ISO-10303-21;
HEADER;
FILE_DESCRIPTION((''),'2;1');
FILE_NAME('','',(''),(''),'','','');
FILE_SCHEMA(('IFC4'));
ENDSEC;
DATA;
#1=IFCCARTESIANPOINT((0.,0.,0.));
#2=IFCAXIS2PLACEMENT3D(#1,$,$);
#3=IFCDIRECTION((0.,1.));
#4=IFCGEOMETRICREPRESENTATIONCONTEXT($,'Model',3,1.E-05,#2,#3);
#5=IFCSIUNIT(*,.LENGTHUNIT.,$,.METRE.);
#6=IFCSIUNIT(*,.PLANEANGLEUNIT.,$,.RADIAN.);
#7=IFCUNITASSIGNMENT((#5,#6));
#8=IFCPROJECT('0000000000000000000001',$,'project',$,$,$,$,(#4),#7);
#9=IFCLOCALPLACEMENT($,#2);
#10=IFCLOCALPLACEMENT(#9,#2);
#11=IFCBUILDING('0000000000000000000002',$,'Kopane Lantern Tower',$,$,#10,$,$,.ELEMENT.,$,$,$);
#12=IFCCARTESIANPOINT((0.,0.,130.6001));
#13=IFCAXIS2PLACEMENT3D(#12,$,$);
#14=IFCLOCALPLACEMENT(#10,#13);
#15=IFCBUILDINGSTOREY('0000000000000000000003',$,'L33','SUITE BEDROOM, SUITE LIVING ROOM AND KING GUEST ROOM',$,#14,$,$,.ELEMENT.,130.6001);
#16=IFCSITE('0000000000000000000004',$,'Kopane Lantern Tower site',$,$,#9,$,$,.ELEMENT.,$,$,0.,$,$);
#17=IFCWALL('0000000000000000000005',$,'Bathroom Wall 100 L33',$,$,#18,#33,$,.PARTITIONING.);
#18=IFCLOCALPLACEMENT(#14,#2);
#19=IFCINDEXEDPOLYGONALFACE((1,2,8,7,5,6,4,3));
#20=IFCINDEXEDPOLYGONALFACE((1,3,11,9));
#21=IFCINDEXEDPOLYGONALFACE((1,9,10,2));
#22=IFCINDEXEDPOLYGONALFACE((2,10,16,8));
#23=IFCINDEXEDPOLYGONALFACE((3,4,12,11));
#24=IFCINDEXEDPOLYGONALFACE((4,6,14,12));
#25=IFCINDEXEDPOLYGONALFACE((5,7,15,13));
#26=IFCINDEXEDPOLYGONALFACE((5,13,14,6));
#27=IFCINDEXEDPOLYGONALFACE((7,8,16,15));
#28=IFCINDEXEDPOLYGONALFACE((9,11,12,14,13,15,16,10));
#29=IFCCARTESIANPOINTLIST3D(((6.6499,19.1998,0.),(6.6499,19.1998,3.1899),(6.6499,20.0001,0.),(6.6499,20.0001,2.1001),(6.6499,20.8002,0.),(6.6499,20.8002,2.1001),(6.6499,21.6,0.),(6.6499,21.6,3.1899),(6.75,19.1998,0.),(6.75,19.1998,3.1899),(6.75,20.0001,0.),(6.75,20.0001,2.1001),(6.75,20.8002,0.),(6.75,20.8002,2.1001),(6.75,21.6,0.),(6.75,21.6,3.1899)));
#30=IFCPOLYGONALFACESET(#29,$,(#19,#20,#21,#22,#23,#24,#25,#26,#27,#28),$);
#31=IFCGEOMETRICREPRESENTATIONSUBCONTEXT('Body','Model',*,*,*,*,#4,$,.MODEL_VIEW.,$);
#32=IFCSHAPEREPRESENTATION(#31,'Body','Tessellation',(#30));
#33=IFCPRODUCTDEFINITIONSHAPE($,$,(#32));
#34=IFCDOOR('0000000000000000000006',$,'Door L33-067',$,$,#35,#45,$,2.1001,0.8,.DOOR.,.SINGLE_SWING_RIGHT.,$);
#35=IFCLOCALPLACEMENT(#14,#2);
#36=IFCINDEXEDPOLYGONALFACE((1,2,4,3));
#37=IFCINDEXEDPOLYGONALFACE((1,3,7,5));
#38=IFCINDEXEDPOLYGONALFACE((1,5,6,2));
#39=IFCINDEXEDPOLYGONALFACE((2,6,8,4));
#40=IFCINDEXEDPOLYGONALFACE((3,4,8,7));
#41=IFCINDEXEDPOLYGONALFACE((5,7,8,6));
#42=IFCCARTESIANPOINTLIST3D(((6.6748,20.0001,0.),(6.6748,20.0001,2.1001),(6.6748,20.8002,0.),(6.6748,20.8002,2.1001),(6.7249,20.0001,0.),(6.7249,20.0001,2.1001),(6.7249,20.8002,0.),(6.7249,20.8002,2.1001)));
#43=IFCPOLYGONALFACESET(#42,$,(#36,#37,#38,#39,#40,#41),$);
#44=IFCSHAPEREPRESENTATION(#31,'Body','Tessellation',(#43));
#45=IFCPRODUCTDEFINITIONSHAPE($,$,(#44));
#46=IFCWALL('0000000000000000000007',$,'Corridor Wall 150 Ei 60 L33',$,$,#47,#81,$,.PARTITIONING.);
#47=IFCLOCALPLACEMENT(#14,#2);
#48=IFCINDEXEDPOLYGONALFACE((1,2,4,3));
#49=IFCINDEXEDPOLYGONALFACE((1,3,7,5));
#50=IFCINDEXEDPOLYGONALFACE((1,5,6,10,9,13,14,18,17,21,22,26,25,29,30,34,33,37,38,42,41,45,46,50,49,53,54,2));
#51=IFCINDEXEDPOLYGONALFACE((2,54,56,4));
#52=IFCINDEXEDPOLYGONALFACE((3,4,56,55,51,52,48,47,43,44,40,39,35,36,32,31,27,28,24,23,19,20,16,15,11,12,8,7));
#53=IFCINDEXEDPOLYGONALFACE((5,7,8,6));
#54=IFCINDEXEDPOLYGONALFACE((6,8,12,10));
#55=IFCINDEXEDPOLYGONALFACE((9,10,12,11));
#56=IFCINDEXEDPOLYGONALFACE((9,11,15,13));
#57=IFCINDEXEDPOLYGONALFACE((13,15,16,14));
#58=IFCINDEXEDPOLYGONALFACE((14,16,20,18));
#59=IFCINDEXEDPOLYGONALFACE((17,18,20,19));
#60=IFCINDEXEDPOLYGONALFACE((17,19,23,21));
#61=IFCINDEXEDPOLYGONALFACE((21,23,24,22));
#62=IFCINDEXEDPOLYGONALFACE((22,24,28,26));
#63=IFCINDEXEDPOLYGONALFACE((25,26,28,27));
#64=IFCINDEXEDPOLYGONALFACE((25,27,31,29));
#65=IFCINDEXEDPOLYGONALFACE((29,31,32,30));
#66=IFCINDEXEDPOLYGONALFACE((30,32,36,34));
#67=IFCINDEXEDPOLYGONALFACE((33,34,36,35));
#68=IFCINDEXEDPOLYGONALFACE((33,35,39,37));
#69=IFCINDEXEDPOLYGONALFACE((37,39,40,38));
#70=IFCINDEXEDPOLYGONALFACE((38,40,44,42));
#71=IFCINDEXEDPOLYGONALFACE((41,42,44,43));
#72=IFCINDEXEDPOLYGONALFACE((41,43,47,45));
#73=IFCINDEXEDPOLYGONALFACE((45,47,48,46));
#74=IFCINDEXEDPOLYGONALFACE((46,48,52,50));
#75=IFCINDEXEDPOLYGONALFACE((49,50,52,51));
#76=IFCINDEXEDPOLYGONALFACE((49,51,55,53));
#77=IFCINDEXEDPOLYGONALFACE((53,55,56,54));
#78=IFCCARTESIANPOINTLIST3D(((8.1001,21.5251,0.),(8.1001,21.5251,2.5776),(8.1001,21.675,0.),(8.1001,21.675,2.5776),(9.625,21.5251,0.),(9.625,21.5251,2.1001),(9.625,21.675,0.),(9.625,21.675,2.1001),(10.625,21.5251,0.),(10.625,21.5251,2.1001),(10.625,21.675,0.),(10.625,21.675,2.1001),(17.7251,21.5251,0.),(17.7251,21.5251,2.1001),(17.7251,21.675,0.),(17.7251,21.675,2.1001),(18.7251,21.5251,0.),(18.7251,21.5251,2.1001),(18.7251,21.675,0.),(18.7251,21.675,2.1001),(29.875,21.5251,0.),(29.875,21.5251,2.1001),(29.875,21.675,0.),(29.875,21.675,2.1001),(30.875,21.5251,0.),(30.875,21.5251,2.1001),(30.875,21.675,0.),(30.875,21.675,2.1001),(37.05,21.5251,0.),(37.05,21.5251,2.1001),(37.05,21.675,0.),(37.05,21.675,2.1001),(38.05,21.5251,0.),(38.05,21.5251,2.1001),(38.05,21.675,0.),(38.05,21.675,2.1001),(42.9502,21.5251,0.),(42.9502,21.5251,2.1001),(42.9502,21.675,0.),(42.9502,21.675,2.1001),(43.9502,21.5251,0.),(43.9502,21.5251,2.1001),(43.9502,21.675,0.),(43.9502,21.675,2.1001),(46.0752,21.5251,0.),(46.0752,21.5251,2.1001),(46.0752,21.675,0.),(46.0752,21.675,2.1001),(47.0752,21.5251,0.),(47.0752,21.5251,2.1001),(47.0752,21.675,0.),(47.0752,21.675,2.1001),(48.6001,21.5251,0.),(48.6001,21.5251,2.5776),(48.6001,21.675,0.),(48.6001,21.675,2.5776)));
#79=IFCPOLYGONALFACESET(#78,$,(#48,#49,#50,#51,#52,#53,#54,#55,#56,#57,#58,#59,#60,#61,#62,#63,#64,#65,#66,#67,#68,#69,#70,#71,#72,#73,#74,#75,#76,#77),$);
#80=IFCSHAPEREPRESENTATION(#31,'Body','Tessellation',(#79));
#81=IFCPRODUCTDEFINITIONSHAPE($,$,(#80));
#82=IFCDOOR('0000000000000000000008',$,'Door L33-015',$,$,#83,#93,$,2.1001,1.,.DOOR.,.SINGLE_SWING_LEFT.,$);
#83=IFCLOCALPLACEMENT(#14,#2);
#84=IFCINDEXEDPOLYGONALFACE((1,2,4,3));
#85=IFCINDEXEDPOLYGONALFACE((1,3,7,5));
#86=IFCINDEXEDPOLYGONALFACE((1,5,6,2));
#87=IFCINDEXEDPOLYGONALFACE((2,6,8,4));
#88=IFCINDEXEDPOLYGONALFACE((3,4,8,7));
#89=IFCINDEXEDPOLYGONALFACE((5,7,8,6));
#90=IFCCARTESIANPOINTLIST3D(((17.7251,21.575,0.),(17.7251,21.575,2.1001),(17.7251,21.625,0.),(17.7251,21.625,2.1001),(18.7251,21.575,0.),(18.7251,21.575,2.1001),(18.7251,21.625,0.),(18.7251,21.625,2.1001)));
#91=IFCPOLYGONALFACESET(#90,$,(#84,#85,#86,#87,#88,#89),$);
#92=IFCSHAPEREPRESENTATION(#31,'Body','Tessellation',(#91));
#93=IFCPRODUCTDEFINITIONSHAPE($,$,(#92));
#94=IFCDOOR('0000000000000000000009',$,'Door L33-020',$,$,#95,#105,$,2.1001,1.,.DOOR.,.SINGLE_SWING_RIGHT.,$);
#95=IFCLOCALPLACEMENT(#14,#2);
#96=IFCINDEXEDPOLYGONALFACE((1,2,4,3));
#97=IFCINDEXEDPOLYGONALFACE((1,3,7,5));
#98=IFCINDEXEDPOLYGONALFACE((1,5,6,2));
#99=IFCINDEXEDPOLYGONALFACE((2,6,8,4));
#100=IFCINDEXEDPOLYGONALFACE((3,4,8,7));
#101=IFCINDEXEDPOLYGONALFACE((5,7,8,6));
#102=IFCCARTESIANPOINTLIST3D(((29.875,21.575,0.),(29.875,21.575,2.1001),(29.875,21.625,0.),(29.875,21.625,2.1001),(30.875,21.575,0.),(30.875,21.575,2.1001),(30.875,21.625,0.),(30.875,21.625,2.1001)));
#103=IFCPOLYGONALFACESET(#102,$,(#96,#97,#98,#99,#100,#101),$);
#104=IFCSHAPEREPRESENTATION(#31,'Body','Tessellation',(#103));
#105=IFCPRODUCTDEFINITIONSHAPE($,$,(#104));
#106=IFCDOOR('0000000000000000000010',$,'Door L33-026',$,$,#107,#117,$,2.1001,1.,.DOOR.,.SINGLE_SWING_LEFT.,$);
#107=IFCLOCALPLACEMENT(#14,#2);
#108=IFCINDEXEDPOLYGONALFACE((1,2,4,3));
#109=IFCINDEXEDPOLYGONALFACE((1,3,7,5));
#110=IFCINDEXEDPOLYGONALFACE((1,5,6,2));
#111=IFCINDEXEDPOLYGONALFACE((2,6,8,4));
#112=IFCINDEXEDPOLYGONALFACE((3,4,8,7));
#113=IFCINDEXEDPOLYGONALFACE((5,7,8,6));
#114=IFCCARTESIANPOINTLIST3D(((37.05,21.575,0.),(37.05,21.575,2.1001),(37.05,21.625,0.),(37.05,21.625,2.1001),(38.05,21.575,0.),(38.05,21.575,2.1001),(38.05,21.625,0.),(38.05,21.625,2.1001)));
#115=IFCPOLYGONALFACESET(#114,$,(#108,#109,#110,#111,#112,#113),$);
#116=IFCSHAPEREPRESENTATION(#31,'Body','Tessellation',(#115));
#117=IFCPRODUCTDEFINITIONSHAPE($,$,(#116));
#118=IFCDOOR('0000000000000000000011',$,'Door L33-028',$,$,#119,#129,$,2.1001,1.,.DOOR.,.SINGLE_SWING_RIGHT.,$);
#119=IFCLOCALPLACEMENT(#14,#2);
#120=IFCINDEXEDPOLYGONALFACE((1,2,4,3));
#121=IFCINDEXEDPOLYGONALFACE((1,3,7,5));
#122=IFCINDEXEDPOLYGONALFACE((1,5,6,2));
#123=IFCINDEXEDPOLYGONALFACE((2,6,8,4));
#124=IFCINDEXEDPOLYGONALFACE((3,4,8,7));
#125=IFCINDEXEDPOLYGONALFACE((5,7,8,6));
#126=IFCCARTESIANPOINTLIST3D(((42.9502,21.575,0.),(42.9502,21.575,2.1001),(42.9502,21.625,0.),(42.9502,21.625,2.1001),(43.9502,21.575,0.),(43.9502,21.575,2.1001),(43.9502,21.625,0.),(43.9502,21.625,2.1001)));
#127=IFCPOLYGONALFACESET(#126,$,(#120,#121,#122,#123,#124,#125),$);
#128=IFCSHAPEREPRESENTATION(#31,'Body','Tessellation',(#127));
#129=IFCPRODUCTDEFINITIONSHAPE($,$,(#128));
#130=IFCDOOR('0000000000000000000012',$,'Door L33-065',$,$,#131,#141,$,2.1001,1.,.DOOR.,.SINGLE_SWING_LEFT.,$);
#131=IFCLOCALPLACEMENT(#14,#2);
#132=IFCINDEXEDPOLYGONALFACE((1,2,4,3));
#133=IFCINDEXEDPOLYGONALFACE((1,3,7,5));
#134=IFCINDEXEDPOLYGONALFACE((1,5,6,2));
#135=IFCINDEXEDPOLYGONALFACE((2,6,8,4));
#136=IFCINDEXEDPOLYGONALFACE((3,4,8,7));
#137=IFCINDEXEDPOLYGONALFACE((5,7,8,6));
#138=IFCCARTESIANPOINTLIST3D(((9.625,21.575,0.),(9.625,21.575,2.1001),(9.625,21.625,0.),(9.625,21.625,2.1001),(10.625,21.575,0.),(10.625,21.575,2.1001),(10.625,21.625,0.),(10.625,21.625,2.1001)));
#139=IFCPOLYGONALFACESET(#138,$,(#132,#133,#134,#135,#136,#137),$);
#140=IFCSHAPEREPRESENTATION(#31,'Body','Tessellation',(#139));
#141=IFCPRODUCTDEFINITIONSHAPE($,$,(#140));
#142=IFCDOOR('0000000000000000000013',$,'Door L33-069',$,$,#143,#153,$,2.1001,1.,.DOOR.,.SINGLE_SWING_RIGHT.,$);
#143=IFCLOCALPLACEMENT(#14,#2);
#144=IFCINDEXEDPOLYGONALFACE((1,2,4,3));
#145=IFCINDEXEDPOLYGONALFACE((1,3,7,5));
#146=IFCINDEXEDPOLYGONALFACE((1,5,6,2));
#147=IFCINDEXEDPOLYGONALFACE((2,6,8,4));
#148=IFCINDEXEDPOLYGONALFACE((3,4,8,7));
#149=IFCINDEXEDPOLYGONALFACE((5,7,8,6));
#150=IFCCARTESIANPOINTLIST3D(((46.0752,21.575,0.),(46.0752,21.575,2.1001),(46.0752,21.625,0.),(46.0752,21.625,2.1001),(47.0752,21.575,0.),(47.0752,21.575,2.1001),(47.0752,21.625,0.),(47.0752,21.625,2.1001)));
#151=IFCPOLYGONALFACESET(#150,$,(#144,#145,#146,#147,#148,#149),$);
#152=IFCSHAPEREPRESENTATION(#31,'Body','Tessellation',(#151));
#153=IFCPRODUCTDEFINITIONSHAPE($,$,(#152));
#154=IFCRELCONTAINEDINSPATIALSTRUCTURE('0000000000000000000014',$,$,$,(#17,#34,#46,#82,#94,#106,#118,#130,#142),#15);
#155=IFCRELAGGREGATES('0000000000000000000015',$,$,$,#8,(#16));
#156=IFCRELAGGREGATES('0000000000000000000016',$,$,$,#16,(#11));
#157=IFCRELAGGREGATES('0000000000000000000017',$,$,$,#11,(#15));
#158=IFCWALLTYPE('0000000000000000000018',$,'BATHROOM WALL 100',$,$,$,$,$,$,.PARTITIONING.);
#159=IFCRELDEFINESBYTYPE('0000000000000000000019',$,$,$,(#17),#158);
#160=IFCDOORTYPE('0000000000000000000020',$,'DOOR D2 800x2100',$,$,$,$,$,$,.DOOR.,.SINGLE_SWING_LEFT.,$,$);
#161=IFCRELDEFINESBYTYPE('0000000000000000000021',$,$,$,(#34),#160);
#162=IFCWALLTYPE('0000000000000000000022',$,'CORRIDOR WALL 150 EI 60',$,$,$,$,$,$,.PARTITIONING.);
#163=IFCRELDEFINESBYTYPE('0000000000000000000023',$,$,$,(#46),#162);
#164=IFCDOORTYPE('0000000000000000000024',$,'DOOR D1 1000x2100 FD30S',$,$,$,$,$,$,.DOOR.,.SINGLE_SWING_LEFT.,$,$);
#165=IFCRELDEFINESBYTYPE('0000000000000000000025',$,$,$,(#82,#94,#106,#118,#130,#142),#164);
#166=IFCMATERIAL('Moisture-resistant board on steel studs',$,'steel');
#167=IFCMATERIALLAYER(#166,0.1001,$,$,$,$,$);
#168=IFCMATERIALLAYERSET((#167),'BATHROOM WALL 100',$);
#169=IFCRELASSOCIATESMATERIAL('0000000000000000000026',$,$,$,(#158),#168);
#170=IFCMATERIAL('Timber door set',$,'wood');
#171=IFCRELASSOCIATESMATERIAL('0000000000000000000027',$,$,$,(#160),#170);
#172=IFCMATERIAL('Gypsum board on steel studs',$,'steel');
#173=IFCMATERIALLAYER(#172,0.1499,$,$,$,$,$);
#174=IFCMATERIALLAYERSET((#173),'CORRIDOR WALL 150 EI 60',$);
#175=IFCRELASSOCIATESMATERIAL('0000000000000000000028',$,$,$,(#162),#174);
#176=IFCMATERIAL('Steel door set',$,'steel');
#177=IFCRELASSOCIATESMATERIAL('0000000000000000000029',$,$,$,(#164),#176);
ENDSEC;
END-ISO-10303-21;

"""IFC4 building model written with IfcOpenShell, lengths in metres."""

from ifc_helpers import new_model, si_unit, direction, frame, frame_2d, origin, place, context, subcontext, project, spatial, rectangle, extrude, material, layer, layer_set, type_object, element, fill, save


model = new_model("IFC4")

# Units and contexts
model_context = context("Model", 3, precision=1e-05, world=origin(), true_north=direction((0.0, 1.0)))
body_context = subcontext(model_context, "Body", "Model", "MODEL_VIEW")
ifc_project = project(units=[si_unit("LENGTHUNIT", "METRE"), si_unit("PLANEANGLEUNIT", "RADIAN")], contexts=[model_context])

# Site, building, storey
site_placement = place(None, origin())
site = spatial("IfcSite", under=ifc_project, at=site_placement, Name="Kopane Lantern Tower site", CompositionType="ELEMENT", RefElevation=0.0)
building_placement = place(site_placement, origin())
building = spatial("IfcBuilding", under=site, at=building_placement, Name="Kopane Lantern Tower", CompositionType="ELEMENT")
storey_placement = place(building_placement, frame((0.0, 0.0, 130.6001)))
storey = spatial("IfcBuildingStorey", under=building, at=storey_placement, Name="L33", Description="SUITE BEDROOM, SUITE LIVING ROOM AND KING GUEST ROOM", CompositionType="ELEMENT", Elevation=130.6001)

# Shared definitions
ifc_material_1 = material(Name="Moisture-resistant board on steel studs", Category="steel")
ifc_layer_1 = layer(ifc_material_1, 0.1001)
ifc_layer_set_1 = layer_set([ifc_layer_1], Name="BATHROOM WALL 100")
wall_type_1 = type_object("IfcWallType", Name="BATHROOM WALL 100", PredefinedType="PARTITIONING", material=ifc_layer_set_1)
ifc_material_2 = material(Name="Timber door set", Category="wood")
door_type_1 = type_object("IfcDoorType", Name="DOOR D2 800x2100", OperationType="SINGLE_SWING_LEFT", PredefinedType="DOOR", material=ifc_material_2)

# Wall, opening, door
wall_1_placement = place(storey_placement, frame((6.7, 21.6001, 0.0), z_axis=(0.0, 0.0, 1.0), x_axis=(0.0, -1.0, 0.0)))
wall_1 = element("IfcWall", 1, at=wall_1_placement, inside=storey, type_object=wall_type_1, Name="Bathroom Wall 100 L33", PredefinedType="PARTITIONING", context=body_context, shape_type="SweptSolid", body=[
    extrude(rectangle(XDim=2.4001, YDim=0.1001, at=frame_2d((1.2002, 0.0))), origin(), (0.0, 0.0, 1.0), 3.1899),
])
opening_1_placement = place(wall_1_placement, frame((0.8, 0.0, 0.0)))
opening_1 = element("IfcOpeningElement", 2, at=opening_1_placement, cuts=wall_1, PredefinedType="OPENING", context=body_context, shape_type="SweptSolid", body=[
    extrude(rectangle(XDim=0.8, YDim=2.1001, at=frame_2d((0.3999, 1.05))), frame((0.0, 0.0601, 0.0), z_axis=(0.0, -1.0, 0.0), x_axis=(1.0, 0.0, 0.0)), (0.0, 0.0, 1.0), 0.1201),
])
door_1_placement = place(opening_1_placement, origin())
door_1 = element("IfcDoor", 3, at=door_1_placement, inside=storey, type_object=door_type_1, Name="Door L33-067", OperationType="SINGLE_SWING_RIGHT", OverallHeight=2.1001, OverallWidth=0.8, PredefinedType="DOOR", context=body_context, shape_type="SweptSolid", body=[
    extrude(rectangle(XDim=0.8, YDim=2.1001, at=frame_2d((0.3999, 1.05))), frame((0.0, 0.0249, 0.0), z_axis=(0.0, -1.0, 0.0), x_axis=(1.0, 0.0, 0.0)), (0.0, 0.0, 1.0), 0.05),
])
fill(opening_1, door_1)

# Wall, openings, doors
ifc_material_3 = material(Name="Gypsum board on steel studs", Category="steel")
ifc_layer_2 = layer(ifc_material_3, 0.1499)
ifc_layer_set_2 = layer_set([ifc_layer_2], Name="CORRIDOR WALL 150 EI 60")
wall_type_2 = type_object("IfcWallType", Name="CORRIDOR WALL 150 EI 60", PredefinedType="PARTITIONING", material=ifc_layer_set_2)
wall_2_placement = place(storey_placement, frame((8.1001, 21.6001, 0.0), z_axis=(0.0, 0.0, 1.0), x_axis=(1.0, 0.0, 0.0)))
wall_2 = element("IfcWall", 4, at=wall_2_placement, inside=storey, type_object=wall_type_2, Name="Corridor Wall 150 Ei 60 L33", PredefinedType="PARTITIONING", context=body_context, shape_type="SweptSolid", body=[
    extrude(rectangle(XDim=40.5, YDim=0.1499, at=frame_2d((20.25, 0.0))), origin(), (0.0, 0.0, 1.0), 2.5776),
])
opening_2_placement = place(wall_2_placement, frame((9.625, 0.0, 0.0)))
opening_2 = element("IfcOpeningElement", 5, at=opening_2_placement, cuts=wall_2, PredefinedType="OPENING", context=body_context, shape_type="SweptSolid", body=[
    extrude(rectangle(XDim=1.0, YDim=2.1001, at=frame_2d((0.5, 1.05))), frame((0.0, 0.085, 0.0), z_axis=(0.0, -1.0, 0.0), x_axis=(1.0, 0.0, 0.0)), (0.0, 0.0, 1.0), 0.1699),
])
opening_3_placement = place(wall_2_placement, frame((21.7749, 0.0, 0.0)))
opening_3 = element("IfcOpeningElement", 6, at=opening_3_placement, cuts=wall_2, PredefinedType="OPENING", context=body_context, shape_type="SweptSolid", body=[
    extrude(rectangle(XDim=1.0, YDim=2.1001, at=frame_2d((0.5, 1.05))), frame((0.0, 0.085, 0.0), z_axis=(0.0, -1.0, 0.0), x_axis=(1.0, 0.0, 0.0)), (0.0, 0.0, 1.0), 0.1699),
])
opening_4_placement = place(wall_2_placement, frame((28.95, 0.0, 0.0)))
opening_4 = element("IfcOpeningElement", 7, at=opening_4_placement, cuts=wall_2, PredefinedType="OPENING", context=body_context, shape_type="SweptSolid", body=[
    extrude(rectangle(XDim=1.0, YDim=2.1001, at=frame_2d((0.5, 1.05))), frame((0.0, 0.085, 0.0), z_axis=(0.0, -1.0, 0.0), x_axis=(1.0, 0.0, 0.0)), (0.0, 0.0, 1.0), 0.1699),
])
opening_5_placement = place(wall_2_placement, frame((34.8501, 0.0, 0.0)))
opening_5 = element("IfcOpeningElement", 8, at=opening_5_placement, cuts=wall_2, PredefinedType="OPENING", context=body_context, shape_type="SweptSolid", body=[
    extrude(rectangle(XDim=1.0, YDim=2.1001, at=frame_2d((0.5, 1.05))), frame((0.0, 0.085, 0.0), z_axis=(0.0, -1.0, 0.0), x_axis=(1.0, 0.0, 0.0)), (0.0, 0.0, 1.0), 0.1699),
])
opening_6_placement = place(wall_2_placement, frame((1.5249, 0.0, 0.0)))
opening_6 = element("IfcOpeningElement", 9, at=opening_6_placement, cuts=wall_2, PredefinedType="OPENING", context=body_context, shape_type="SweptSolid", body=[
    extrude(rectangle(XDim=1.0, YDim=2.1001, at=frame_2d((0.5, 1.05))), frame((0.0, 0.085, 0.0), z_axis=(0.0, -1.0, 0.0), x_axis=(1.0, 0.0, 0.0)), (0.0, 0.0, 1.0), 0.1699),
])
opening_7_placement = place(wall_2_placement, frame((37.9751, 0.0, 0.0)))
opening_7 = element("IfcOpeningElement", 10, at=opening_7_placement, cuts=wall_2, PredefinedType="OPENING", context=body_context, shape_type="SweptSolid", body=[
    extrude(rectangle(XDim=1.0, YDim=2.1001, at=frame_2d((0.5, 1.05))), frame((0.0, 0.085, 0.0), z_axis=(0.0, -1.0, 0.0), x_axis=(1.0, 0.0, 0.0)), (0.0, 0.0, 1.0), 0.1699),
])
ifc_material_4 = material(Name="Steel door set", Category="steel")
door_type_2 = type_object("IfcDoorType", Name="DOOR D1 1000x2100 FD30S", OperationType="SINGLE_SWING_LEFT", PredefinedType="DOOR", material=ifc_material_4)
door_2_placement = place(opening_2_placement, origin())
door_2 = element("IfcDoor", 11, at=door_2_placement, inside=storey, type_object=door_type_2, Name="Door L33-015", OperationType="SINGLE_SWING_LEFT", OverallHeight=2.1001, OverallWidth=1.0, PredefinedType="DOOR", context=body_context, shape_type="SweptSolid", body=[
    extrude(rectangle(XDim=1.0, YDim=2.1001, at=frame_2d((0.5, 1.05))), frame((0.0, 0.0249, 0.0), z_axis=(0.0, -1.0, 0.0), x_axis=(1.0, 0.0, 0.0)), (0.0, 0.0, 1.0), 0.05),
])
fill(opening_2, door_2)
door_3_placement = place(opening_3_placement, origin())
door_3 = element("IfcDoor", 12, at=door_3_placement, inside=storey, type_object=door_type_2, Name="Door L33-020", OperationType="SINGLE_SWING_RIGHT", OverallHeight=2.1001, OverallWidth=1.0, PredefinedType="DOOR", context=body_context, shape_type="SweptSolid", body=[
    extrude(rectangle(XDim=1.0, YDim=2.1001, at=frame_2d((0.5, 1.05))), frame((0.0, 0.0249, 0.0), z_axis=(0.0, -1.0, 0.0), x_axis=(1.0, 0.0, 0.0)), (0.0, 0.0, 1.0), 0.05),
])
fill(opening_3, door_3)
door_4_placement = place(opening_4_placement, origin())
door_4 = element("IfcDoor", 13, at=door_4_placement, inside=storey, type_object=door_type_2, Name="Door L33-026", OperationType="SINGLE_SWING_LEFT", OverallHeight=2.1001, OverallWidth=1.0, PredefinedType="DOOR", context=body_context, shape_type="SweptSolid", body=[
    extrude(rectangle(XDim=1.0, YDim=2.1001, at=frame_2d((0.5, 1.05))), frame((0.0, 0.0249, 0.0), z_axis=(0.0, -1.0, 0.0), x_axis=(1.0, 0.0, 0.0)), (0.0, 0.0, 1.0), 0.05),
])
fill(opening_4, door_4)
door_5_placement = place(opening_5_placement, origin())
door_5 = element("IfcDoor", 14, at=door_5_placement, inside=storey, type_object=door_type_2, Name="Door L33-028", OperationType="SINGLE_SWING_RIGHT", OverallHeight=2.1001, OverallWidth=1.0, PredefinedType="DOOR", context=body_context, shape_type="SweptSolid", body=[
    extrude(rectangle(XDim=1.0, YDim=2.1001, at=frame_2d((0.5, 1.05))), frame((0.0, 0.0249, 0.0), z_axis=(0.0, -1.0, 0.0), x_axis=(1.0, 0.0, 0.0)), (0.0, 0.0, 1.0), 0.05),
])
fill(opening_5, door_5)
door_6_placement = place(opening_6_placement, origin())
door_6 = element("IfcDoor", 15, at=door_6_placement, inside=storey, type_object=door_type_2, Name="Door L33-065", OperationType="SINGLE_SWING_LEFT", OverallHeight=2.1001, OverallWidth=1.0, PredefinedType="DOOR", context=body_context, shape_type="SweptSolid", body=[
    extrude(rectangle(XDim=1.0, YDim=2.1001, at=frame_2d((0.5, 1.05))), frame((0.0, 0.0249, 0.0), z_axis=(0.0, -1.0, 0.0), x_axis=(1.0, 0.0, 0.0)), (0.0, 0.0, 1.0), 0.05),
])
fill(opening_6, door_6)
door_7_placement = place(opening_7_placement, origin())
door_7 = element("IfcDoor", 16, at=door_7_placement, inside=storey, type_object=door_type_2, Name="Door L33-069", OperationType="SINGLE_SWING_RIGHT", OverallHeight=2.1001, OverallWidth=1.0, PredefinedType="DOOR", context=body_context, shape_type="SweptSolid", body=[
    extrude(rectangle(XDim=1.0, YDim=2.1001, at=frame_2d((0.5, 1.05))), frame((0.0, 0.0249, 0.0), z_axis=(0.0, -1.0, 0.0), x_axis=(1.0, 0.0, 0.0)), (0.0, 0.0, 1.0), 0.05),
])
fill(opening_7, door_7)

save(model, "model.ifc")
